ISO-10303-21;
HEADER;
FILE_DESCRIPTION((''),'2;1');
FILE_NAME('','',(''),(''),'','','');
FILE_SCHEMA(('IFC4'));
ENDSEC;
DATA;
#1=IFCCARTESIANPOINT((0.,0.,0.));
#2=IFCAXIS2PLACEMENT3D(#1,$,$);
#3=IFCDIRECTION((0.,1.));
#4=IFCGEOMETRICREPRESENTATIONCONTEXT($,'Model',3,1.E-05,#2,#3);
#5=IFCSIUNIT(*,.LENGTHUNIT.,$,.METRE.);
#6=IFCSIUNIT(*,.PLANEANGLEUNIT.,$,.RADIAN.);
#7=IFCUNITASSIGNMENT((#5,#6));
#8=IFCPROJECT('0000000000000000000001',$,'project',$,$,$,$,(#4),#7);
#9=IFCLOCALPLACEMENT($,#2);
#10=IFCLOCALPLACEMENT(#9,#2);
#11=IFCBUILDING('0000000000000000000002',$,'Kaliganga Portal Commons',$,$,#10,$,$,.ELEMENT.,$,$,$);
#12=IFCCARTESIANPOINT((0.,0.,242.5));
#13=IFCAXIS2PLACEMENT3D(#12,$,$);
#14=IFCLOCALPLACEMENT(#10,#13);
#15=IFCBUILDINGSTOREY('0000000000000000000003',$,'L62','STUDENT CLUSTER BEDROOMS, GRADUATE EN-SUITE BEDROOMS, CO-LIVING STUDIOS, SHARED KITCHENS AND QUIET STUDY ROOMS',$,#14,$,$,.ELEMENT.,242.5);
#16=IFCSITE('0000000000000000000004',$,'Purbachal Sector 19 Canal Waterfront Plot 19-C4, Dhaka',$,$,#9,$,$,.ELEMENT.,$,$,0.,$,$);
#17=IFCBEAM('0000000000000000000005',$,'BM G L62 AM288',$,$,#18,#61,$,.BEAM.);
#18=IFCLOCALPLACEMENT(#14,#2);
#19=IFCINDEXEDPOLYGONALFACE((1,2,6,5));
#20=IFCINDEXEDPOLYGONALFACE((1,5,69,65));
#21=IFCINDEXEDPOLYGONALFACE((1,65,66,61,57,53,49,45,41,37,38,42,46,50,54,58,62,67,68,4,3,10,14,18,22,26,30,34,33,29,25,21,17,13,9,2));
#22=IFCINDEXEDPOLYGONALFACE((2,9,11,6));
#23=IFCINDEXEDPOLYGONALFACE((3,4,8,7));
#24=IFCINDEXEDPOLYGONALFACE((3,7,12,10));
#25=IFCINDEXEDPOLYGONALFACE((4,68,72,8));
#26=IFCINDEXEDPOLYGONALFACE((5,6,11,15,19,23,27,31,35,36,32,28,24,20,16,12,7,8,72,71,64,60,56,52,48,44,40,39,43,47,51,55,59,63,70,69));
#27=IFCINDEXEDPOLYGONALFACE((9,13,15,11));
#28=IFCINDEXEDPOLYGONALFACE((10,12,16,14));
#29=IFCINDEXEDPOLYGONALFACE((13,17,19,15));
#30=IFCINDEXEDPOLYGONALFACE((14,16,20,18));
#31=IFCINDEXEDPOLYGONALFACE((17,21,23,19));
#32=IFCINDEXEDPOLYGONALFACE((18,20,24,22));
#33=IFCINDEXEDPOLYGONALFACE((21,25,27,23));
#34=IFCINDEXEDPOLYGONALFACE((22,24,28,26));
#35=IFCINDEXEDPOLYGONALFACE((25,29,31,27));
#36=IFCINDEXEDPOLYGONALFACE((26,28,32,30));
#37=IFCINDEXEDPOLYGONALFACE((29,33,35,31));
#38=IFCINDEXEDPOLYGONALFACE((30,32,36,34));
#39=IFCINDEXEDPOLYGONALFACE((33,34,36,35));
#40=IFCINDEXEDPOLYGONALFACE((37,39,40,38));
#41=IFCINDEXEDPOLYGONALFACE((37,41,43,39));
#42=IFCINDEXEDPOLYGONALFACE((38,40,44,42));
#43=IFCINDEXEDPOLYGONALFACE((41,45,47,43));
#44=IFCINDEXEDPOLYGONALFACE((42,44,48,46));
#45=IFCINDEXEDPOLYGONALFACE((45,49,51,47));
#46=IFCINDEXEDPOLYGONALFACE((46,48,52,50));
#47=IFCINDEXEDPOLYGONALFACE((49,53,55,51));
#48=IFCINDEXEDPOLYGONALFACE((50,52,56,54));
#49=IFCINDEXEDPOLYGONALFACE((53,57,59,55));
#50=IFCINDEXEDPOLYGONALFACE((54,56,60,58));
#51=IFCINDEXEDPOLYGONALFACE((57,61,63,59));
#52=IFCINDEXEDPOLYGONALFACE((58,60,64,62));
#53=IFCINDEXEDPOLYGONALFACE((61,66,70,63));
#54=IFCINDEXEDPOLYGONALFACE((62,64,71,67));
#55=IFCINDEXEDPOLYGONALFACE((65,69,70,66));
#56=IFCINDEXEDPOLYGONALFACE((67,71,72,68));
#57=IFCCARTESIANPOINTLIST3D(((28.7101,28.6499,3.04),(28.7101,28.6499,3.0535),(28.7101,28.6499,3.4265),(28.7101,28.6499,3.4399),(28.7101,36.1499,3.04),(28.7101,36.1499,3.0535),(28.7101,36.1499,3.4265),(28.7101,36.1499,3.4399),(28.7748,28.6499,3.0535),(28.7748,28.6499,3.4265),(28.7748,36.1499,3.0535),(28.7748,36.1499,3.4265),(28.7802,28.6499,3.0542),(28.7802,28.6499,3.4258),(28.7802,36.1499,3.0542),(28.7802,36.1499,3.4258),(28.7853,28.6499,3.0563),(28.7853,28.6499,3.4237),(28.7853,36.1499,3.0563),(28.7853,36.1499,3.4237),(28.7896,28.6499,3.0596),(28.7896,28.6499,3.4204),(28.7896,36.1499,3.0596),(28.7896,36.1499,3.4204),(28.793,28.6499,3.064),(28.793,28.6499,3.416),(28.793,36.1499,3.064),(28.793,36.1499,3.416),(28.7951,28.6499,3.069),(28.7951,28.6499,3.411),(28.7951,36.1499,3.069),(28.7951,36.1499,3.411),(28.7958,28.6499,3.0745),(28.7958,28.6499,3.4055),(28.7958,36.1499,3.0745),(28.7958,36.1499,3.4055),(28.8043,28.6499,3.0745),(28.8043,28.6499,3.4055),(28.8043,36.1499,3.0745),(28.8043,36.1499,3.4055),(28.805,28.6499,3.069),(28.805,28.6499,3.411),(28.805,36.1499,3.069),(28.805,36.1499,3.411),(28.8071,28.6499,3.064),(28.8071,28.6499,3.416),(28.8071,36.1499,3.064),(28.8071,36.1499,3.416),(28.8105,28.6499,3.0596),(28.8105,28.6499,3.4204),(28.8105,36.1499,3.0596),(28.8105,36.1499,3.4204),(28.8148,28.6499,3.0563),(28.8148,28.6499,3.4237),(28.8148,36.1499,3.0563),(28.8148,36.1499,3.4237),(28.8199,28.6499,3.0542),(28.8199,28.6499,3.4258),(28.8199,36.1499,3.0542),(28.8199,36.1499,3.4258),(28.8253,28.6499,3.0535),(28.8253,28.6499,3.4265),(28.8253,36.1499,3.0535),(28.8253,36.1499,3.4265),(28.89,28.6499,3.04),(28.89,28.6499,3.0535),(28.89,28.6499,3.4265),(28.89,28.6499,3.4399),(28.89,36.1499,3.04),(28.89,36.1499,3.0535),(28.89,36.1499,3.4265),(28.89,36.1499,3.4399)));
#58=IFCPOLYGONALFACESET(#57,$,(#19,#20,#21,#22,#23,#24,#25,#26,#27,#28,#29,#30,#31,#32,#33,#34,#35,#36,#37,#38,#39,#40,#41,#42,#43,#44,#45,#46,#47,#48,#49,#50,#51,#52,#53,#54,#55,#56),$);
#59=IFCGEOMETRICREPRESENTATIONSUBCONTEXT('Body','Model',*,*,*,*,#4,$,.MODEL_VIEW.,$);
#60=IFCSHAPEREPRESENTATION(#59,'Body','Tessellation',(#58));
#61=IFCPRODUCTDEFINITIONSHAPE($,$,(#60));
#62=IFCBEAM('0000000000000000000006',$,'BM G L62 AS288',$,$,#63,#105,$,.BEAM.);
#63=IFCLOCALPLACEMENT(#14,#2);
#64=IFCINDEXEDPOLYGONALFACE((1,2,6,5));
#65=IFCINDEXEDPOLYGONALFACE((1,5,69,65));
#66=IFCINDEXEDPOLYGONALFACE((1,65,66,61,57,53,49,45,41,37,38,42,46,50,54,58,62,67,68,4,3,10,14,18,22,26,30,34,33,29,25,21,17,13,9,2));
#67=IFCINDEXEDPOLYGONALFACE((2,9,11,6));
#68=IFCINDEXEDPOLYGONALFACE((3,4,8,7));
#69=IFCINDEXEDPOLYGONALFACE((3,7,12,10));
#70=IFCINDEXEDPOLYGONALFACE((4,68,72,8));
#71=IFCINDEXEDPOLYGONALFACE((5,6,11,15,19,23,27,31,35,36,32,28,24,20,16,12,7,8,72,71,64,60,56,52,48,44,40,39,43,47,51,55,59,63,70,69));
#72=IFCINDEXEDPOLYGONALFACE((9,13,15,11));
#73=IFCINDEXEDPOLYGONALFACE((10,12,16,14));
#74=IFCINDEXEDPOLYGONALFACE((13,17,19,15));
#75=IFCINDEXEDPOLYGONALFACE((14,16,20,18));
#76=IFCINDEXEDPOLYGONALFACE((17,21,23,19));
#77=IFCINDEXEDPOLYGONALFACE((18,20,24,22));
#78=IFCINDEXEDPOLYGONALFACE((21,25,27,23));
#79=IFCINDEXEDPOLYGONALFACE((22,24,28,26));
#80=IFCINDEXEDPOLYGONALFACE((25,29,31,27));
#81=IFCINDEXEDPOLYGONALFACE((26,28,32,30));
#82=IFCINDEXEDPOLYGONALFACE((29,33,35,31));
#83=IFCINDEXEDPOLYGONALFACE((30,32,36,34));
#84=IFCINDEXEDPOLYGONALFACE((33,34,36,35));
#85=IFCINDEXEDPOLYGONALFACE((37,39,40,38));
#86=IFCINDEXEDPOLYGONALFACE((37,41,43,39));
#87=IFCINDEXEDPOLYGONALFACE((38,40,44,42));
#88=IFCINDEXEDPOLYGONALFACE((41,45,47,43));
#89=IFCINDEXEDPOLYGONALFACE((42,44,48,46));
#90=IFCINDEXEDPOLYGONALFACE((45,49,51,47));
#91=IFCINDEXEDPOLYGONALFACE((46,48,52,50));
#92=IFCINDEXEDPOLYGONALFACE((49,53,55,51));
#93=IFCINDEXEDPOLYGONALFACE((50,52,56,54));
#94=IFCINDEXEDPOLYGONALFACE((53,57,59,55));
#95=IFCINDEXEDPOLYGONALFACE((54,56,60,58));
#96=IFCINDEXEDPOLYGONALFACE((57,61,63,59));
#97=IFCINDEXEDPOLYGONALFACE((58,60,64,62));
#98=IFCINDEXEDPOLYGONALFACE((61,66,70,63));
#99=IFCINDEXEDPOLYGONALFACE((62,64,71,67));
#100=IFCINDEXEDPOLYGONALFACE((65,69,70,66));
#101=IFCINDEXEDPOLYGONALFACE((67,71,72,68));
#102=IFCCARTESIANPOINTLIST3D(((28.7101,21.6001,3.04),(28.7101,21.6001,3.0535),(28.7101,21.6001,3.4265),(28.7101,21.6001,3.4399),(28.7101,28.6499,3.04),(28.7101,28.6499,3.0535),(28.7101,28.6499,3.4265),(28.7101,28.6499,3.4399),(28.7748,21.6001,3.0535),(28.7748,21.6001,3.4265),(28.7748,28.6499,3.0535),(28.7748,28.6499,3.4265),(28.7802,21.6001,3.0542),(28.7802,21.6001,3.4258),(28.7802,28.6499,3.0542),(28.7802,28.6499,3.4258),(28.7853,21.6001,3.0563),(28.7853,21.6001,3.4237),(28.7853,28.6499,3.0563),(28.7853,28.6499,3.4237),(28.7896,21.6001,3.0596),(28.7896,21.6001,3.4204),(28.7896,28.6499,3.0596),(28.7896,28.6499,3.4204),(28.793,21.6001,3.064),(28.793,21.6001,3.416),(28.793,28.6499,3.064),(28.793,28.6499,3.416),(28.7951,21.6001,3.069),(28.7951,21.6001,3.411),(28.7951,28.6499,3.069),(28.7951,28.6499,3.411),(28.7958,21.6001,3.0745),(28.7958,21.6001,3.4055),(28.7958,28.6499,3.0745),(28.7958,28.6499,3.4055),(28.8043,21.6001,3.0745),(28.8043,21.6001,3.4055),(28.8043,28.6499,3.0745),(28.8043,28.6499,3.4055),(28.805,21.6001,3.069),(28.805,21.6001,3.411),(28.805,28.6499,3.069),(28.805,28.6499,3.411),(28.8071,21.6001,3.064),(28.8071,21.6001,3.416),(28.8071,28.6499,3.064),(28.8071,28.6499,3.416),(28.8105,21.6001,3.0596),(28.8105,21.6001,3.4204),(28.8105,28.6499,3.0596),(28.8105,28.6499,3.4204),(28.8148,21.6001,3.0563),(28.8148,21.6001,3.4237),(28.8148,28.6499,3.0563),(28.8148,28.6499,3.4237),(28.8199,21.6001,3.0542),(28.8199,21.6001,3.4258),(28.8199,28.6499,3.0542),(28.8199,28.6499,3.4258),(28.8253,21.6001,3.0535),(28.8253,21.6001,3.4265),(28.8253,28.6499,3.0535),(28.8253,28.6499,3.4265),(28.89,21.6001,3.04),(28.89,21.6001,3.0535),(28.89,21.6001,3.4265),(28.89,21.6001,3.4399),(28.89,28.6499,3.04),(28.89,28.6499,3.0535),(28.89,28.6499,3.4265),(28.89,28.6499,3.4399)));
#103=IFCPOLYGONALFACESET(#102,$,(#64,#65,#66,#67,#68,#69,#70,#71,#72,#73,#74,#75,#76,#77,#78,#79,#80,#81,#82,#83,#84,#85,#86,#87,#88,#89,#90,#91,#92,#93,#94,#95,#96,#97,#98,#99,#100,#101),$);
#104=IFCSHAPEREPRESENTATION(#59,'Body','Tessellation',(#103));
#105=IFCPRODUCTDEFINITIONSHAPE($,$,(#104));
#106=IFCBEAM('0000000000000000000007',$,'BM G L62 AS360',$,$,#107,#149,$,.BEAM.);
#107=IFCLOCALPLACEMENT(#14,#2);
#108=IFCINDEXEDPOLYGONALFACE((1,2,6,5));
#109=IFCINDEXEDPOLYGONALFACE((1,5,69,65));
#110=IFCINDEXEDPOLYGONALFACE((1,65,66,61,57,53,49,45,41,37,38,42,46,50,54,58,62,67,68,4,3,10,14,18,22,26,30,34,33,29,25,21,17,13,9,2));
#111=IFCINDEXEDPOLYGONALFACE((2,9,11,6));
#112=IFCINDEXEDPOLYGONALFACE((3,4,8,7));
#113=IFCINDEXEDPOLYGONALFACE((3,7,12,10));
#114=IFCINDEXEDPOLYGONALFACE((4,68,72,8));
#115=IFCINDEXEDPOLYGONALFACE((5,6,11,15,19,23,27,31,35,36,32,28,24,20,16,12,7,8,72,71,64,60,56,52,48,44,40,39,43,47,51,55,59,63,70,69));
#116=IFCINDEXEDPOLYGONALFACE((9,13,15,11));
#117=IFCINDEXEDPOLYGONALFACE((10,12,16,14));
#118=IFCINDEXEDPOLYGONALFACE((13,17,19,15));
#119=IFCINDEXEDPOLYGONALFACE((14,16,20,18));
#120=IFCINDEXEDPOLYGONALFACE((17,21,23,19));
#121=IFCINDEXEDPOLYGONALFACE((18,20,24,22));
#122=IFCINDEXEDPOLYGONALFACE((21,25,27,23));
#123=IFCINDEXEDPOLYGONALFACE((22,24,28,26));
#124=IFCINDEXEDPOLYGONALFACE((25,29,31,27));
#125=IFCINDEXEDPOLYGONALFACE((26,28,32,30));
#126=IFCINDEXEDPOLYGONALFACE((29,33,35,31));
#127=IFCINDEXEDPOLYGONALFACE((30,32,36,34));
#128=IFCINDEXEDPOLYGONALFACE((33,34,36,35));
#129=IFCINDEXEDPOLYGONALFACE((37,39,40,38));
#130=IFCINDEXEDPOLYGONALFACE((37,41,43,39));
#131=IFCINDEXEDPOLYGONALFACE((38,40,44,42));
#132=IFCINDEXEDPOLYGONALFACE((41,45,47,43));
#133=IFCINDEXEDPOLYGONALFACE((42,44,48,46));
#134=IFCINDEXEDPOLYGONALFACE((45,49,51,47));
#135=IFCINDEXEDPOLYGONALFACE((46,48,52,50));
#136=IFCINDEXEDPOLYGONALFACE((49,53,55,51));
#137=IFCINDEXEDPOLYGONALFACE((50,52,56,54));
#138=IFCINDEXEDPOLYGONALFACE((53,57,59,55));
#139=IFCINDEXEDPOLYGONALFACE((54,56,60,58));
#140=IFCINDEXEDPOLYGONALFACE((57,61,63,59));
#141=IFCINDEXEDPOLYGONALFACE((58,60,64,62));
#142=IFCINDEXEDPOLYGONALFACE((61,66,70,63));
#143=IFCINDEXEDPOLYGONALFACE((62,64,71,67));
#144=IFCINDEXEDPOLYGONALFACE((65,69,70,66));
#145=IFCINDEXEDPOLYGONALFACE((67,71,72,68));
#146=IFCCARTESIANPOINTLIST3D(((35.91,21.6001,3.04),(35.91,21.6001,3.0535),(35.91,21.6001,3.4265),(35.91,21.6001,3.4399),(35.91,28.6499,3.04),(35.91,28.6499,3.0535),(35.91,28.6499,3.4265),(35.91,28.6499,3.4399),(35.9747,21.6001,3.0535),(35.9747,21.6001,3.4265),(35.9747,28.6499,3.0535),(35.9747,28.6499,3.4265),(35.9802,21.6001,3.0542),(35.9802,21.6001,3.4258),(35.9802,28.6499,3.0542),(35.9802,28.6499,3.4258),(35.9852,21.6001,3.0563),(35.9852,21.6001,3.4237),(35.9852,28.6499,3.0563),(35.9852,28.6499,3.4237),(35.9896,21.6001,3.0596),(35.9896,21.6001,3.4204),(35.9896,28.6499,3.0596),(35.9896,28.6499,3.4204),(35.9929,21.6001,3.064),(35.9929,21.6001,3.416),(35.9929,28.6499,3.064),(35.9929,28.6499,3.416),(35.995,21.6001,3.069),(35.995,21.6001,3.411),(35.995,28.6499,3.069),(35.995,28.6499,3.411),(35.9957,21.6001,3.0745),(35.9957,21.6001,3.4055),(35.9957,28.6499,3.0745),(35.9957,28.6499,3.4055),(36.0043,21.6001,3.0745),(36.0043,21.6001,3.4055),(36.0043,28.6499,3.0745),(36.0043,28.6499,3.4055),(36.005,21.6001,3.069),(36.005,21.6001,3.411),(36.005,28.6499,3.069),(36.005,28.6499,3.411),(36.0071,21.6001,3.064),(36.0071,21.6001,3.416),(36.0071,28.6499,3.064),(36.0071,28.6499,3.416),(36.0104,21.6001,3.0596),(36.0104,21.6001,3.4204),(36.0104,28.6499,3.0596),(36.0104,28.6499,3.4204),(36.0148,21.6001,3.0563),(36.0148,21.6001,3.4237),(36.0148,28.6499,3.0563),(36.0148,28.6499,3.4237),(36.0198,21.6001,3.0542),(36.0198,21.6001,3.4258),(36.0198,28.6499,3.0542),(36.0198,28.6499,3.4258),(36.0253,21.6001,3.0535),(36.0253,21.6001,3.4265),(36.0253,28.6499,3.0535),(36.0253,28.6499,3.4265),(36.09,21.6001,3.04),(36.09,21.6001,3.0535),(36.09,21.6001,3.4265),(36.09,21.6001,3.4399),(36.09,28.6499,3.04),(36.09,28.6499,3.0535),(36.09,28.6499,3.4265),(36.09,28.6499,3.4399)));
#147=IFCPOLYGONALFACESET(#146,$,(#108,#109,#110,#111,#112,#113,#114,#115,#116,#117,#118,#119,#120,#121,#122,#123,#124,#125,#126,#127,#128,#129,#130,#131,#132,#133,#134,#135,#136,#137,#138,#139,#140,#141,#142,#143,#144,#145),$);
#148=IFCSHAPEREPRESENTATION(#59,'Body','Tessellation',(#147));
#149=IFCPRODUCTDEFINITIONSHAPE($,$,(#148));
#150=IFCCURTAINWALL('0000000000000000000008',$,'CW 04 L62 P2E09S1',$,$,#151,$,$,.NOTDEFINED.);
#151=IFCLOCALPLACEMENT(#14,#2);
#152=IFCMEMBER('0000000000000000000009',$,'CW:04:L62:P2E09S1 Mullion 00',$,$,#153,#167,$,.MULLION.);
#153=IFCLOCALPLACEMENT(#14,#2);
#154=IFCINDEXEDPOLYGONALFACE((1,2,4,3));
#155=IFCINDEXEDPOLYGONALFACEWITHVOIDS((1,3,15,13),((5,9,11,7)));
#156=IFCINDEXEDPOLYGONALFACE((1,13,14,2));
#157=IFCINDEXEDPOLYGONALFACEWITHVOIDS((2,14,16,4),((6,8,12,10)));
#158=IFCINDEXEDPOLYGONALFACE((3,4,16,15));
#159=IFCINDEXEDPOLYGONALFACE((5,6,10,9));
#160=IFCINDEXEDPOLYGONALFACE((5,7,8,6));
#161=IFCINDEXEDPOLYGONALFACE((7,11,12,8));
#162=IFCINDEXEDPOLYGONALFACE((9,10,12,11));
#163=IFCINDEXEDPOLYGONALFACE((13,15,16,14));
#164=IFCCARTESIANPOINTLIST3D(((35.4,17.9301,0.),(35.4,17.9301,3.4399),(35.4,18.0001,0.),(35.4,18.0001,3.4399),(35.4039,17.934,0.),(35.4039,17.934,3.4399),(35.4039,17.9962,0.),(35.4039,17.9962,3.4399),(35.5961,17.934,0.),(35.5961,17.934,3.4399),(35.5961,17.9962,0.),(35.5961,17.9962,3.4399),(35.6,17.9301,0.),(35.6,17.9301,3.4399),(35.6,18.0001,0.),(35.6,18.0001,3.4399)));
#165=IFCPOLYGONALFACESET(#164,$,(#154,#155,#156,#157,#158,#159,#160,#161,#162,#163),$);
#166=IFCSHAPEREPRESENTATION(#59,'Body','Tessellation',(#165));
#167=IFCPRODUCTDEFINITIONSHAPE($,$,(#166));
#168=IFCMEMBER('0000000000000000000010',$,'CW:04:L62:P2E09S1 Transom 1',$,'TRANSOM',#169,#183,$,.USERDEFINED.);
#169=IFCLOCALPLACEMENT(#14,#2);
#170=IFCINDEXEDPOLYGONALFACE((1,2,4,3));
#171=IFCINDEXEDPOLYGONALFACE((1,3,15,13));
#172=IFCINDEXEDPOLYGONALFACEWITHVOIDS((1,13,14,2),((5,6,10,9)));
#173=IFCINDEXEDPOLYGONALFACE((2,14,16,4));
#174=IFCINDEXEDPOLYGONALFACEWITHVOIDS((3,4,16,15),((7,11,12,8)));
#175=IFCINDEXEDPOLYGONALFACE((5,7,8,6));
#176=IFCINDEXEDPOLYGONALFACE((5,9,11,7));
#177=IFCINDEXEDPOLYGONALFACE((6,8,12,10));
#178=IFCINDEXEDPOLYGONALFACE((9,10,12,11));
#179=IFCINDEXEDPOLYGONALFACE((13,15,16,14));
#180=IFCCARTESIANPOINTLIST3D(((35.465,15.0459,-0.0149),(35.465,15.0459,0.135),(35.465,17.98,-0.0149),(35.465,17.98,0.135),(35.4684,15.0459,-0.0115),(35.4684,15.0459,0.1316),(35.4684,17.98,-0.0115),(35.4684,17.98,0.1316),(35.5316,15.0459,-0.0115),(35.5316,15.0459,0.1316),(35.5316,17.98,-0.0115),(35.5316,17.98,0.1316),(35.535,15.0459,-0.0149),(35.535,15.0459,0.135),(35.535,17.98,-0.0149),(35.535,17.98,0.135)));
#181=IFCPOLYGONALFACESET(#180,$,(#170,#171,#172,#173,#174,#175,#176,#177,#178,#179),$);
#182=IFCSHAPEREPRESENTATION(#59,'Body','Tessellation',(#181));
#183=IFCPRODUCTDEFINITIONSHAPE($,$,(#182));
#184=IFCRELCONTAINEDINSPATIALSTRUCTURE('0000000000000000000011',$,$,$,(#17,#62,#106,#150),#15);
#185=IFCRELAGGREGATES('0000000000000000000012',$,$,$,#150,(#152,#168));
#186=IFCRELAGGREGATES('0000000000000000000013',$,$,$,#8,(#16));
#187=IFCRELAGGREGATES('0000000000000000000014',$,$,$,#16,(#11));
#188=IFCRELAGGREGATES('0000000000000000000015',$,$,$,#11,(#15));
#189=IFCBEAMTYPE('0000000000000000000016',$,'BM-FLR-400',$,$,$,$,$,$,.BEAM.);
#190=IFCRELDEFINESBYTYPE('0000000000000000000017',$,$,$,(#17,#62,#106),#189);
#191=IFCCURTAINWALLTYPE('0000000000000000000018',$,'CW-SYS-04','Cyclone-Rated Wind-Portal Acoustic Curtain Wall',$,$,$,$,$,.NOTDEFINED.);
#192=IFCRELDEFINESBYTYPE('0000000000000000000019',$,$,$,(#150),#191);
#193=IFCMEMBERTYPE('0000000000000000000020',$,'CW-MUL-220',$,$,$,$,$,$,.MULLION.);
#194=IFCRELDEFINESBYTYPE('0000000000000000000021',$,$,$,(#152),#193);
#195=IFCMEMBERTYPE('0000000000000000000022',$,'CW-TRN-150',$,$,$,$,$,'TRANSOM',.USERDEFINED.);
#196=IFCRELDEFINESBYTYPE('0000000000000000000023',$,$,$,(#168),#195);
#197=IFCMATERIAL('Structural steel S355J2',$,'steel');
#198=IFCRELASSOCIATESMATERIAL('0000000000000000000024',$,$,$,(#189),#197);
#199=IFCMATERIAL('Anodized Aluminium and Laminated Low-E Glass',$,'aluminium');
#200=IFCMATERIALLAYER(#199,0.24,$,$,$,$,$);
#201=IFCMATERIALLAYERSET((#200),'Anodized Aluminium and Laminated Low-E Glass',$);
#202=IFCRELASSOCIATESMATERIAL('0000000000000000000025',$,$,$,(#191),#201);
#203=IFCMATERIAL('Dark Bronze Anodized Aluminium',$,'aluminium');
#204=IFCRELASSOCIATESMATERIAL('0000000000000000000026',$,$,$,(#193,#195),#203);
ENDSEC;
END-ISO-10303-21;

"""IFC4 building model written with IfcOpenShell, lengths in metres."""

from ifc_helpers import new_model, si_unit, direction, frame, origin, origin_2d, place, context, subcontext, project, spatial, hollow_rectangle, i_section, extrude, source, transform, mapped, material, layer, layer_set, material_profile, profile_set, type_object, element, aggregate, save


model = new_model("IFC4")

# Units and contexts
model_context = context("Model", 3, precision=1e-05, world=origin(), true_north=direction((0.0, 1.0)))
body_context = subcontext(model_context, "Body", "Model", "MODEL_VIEW")
ifc_project = project(units=[si_unit("LENGTHUNIT", "METRE"), si_unit("PLANEANGLEUNIT", "RADIAN")], contexts=[model_context])

# Site, building, storey
site_placement = place(None, origin())
site = spatial("IfcSite", under=ifc_project, at=site_placement, Name="Purbachal Sector 19 Canal Waterfront Plot 19-C4, Dhaka", CompositionType="ELEMENT", RefElevation=0.0)
building_placement = place(site_placement, origin())
building = spatial("IfcBuilding", under=site, at=building_placement, Name="Kaliganga Portal Commons", CompositionType="ELEMENT")
storey_placement = place(building_placement, frame((0.0, 0.0, 242.5)))
storey = spatial("IfcBuildingStorey", under=building, at=storey_placement, Name="L62", Description="STUDENT CLUSTER BEDROOMS, GRADUATE EN-SUITE BEDROOMS, CO-LIVING STUDIOS, SHARED KITCHENS AND QUIET STUDY ROOMS", CompositionType="ELEMENT", Elevation=242.5)

# Shared definitions
ifc_material_1 = material(Name="Structural steel S355J2", Category="steel")

# Beams
ifc_material_profile_1 = material_profile(ifc_material_1, i_section(OverallWidth=0.1799, OverallDepth=0.3999, WebThickness=0.0085, FlangeThickness=0.0134, FilletRadius=0.021, at=origin_2d()), Name="IPE 400")
ifc_profile_set_1 = profile_set([ifc_material_profile_1], Name="Structural steel S355J2 wide-flange")
beam_type_1 = type_object("IfcBeamType", Name="BM-FLR-400", PredefinedType="BEAM", material=ifc_profile_set_1)
shared_shape_1 = source(origin(), body_context, "Body", "SweptSolid", [
    extrude(i_section(OverallWidth=0.1799, OverallDepth=0.3999, WebThickness=0.0085, FlangeThickness=0.0134, FilletRadius=0.021, at=origin_2d()), origin(), (0.0, 0.0, 1.0), 7.5),
])
beam_1_placement = place(storey_placement, frame((28.8, 28.6499, 3.24), z_axis=(0.0, 1.0, 0.0), x_axis=(-1.0, 0.0, 0.0)))
element("IfcBeam", 1, at=beam_1_placement, inside=storey, type_object=beam_type_1, Name="BM G L62 AM288", PredefinedType="BEAM", context=body_context, shape_type="MappedRepresentation", body=[
    mapped(shared_shape_1, transform((0.0, 0.0, 0.0), x_axis=(1.0, 0.0, 0.0), y_axis=(0.0, 1.0, 0.0), z_axis=(0.0, 0.0, 1.0), scale=1.0)),
])
shared_shape_2 = source(origin(), body_context, "Body", "SweptSolid", [
    extrude(i_section(OverallWidth=0.1799, OverallDepth=0.3999, WebThickness=0.0085, FlangeThickness=0.0134, FilletRadius=0.021, at=origin_2d()), origin(), (0.0, 0.0, 1.0), 7.0498),
])
for number, where, z_axis, x_axis, name in (
    (2, (28.8, 21.6001, 3.24), (0.0, 1.0, 0.0), (-1.0, 0.0, 0.0), "BM G L62 AS288"),
    (3, (36.0, 21.6001, 3.24), (0.0, 1.0, 0.0), (-1.0, 0.0, 0.0), "BM G L62 AS360"),
):
    element("IfcBeam", number, at=place(storey_placement, frame(where, z_axis=z_axis, x_axis=x_axis)), inside=storey, type_object=beam_type_1, Name=name, PredefinedType="BEAM", context=body_context, shape_type="MappedRepresentation", body=[
        mapped(shared_shape_2, transform((0.0, 0.0, 0.0), x_axis=(1.0, 0.0, 0.0), y_axis=(0.0, 1.0, 0.0), z_axis=(0.0, 0.0, 1.0), scale=1.0)),
    ])

# Curtain wall, members
ifc_material_2 = material(Name="Anodized Aluminium and Laminated Low-E Glass", Category="aluminium")
ifc_layer_1 = layer(ifc_material_2, 0.24)
ifc_layer_set_1 = layer_set([ifc_layer_1], Name="Anodized Aluminium and Laminated Low-E Glass")
curtain_wall_type = type_object("IfcCurtainWallType", Name="CW-SYS-04", Description="Cyclone-Rated Wind-Portal Acoustic Curtain Wall", PredefinedType="NOTDEFINED", material=ifc_layer_set_1)
curtain_wall_placement = place(storey_placement, origin())
curtain_wall = element("IfcCurtainWall", 4, at=curtain_wall_placement, inside=storey, type_object=curtain_wall_type, Name="CW 04 L62 P2E09S1", PredefinedType="NOTDEFINED")
ifc_material_3 = material(Name="Dark Bronze Anodized Aluminium", Category="aluminium")
ifc_material_profile_2 = material_profile(ifc_material_3, hollow_rectangle(XDim=0.0701, YDim=0.2, WallThickness=0.0039, at=origin_2d()), Name="ALU MULL 70x200x4")
ifc_profile_set_2 = profile_set([ifc_material_profile_2], Name="Dark Bronze Anodized Aluminium")
member_type_1 = type_object("IfcMemberType", Name="CW-MUL-220", PredefinedType="MULLION", material=ifc_profile_set_2)
shared_shape_3 = source(origin(), body_context, "Body", "SweptSolid", [
    extrude(hollow_rectangle(XDim=0.0701, YDim=0.2, WallThickness=0.0039, at=origin_2d()), origin(), (0.0, 0.0, 1.0), 3.4399),
])
member_1_placement = place(storey_placement, frame((35.5, 17.9651, 0.0), z_axis=(0.0, 0.0, 1.0), x_axis=(0.0, -1.0, 0.0)))
member_1 = element("IfcMember", 5, at=member_1_placement, type_object=member_type_1, Name="CW:04:L62:P2E09S1 Mullion 00", PredefinedType="MULLION", context=body_context, shape_type="MappedRepresentation", body=[
    mapped(shared_shape_3, transform((0.0, 0.0, 0.0), x_axis=(1.0, 0.0, 0.0), y_axis=(0.0, 1.0, 0.0), z_axis=(0.0, 0.0, 1.0), scale=1.0)),
])
ifc_material_profile_3 = material_profile(ifc_material_3, hollow_rectangle(XDim=0.0701, YDim=0.1499, WallThickness=0.0034, at=origin_2d()), Name="ALU TRAN 70x150x3.5")
ifc_profile_set_3 = profile_set([ifc_material_profile_3], Name="Dark Bronze Anodized Aluminium")
member_type_2 = type_object("IfcMemberType", Name="CW-TRN-150", ElementType="TRANSOM", PredefinedType="USERDEFINED", material=ifc_profile_set_3)
shared_shape_4 = source(origin(), body_context, "Body", "SweptSolid", [
    extrude(hollow_rectangle(XDim=0.0701, YDim=0.1499, WallThickness=0.0034, at=origin_2d()), origin(), (0.0, 0.0, 1.0), 2.9341),
])
member_2_placement = place(storey_placement, frame((35.5, 17.98, 0.0601), z_axis=(0.0, -1.0, 0.0), x_axis=(1.0, 0.0, 0.0)))
member_2 = element("IfcMember", 6, at=member_2_placement, type_object=member_type_2, Name="CW:04:L62:P2E09S1 Transom 1", ObjectType="TRANSOM", PredefinedType="USERDEFINED", context=body_context, shape_type="MappedRepresentation", body=[
    mapped(shared_shape_4, transform((0.0, 0.0, 0.0), x_axis=(1.0, 0.0, 0.0), y_axis=(0.0, 1.0, 0.0), z_axis=(0.0, 0.0, 1.0), scale=1.0)),
])
aggregate(curtain_wall, [member_1, member_2])

save(model, "model.ifc")
